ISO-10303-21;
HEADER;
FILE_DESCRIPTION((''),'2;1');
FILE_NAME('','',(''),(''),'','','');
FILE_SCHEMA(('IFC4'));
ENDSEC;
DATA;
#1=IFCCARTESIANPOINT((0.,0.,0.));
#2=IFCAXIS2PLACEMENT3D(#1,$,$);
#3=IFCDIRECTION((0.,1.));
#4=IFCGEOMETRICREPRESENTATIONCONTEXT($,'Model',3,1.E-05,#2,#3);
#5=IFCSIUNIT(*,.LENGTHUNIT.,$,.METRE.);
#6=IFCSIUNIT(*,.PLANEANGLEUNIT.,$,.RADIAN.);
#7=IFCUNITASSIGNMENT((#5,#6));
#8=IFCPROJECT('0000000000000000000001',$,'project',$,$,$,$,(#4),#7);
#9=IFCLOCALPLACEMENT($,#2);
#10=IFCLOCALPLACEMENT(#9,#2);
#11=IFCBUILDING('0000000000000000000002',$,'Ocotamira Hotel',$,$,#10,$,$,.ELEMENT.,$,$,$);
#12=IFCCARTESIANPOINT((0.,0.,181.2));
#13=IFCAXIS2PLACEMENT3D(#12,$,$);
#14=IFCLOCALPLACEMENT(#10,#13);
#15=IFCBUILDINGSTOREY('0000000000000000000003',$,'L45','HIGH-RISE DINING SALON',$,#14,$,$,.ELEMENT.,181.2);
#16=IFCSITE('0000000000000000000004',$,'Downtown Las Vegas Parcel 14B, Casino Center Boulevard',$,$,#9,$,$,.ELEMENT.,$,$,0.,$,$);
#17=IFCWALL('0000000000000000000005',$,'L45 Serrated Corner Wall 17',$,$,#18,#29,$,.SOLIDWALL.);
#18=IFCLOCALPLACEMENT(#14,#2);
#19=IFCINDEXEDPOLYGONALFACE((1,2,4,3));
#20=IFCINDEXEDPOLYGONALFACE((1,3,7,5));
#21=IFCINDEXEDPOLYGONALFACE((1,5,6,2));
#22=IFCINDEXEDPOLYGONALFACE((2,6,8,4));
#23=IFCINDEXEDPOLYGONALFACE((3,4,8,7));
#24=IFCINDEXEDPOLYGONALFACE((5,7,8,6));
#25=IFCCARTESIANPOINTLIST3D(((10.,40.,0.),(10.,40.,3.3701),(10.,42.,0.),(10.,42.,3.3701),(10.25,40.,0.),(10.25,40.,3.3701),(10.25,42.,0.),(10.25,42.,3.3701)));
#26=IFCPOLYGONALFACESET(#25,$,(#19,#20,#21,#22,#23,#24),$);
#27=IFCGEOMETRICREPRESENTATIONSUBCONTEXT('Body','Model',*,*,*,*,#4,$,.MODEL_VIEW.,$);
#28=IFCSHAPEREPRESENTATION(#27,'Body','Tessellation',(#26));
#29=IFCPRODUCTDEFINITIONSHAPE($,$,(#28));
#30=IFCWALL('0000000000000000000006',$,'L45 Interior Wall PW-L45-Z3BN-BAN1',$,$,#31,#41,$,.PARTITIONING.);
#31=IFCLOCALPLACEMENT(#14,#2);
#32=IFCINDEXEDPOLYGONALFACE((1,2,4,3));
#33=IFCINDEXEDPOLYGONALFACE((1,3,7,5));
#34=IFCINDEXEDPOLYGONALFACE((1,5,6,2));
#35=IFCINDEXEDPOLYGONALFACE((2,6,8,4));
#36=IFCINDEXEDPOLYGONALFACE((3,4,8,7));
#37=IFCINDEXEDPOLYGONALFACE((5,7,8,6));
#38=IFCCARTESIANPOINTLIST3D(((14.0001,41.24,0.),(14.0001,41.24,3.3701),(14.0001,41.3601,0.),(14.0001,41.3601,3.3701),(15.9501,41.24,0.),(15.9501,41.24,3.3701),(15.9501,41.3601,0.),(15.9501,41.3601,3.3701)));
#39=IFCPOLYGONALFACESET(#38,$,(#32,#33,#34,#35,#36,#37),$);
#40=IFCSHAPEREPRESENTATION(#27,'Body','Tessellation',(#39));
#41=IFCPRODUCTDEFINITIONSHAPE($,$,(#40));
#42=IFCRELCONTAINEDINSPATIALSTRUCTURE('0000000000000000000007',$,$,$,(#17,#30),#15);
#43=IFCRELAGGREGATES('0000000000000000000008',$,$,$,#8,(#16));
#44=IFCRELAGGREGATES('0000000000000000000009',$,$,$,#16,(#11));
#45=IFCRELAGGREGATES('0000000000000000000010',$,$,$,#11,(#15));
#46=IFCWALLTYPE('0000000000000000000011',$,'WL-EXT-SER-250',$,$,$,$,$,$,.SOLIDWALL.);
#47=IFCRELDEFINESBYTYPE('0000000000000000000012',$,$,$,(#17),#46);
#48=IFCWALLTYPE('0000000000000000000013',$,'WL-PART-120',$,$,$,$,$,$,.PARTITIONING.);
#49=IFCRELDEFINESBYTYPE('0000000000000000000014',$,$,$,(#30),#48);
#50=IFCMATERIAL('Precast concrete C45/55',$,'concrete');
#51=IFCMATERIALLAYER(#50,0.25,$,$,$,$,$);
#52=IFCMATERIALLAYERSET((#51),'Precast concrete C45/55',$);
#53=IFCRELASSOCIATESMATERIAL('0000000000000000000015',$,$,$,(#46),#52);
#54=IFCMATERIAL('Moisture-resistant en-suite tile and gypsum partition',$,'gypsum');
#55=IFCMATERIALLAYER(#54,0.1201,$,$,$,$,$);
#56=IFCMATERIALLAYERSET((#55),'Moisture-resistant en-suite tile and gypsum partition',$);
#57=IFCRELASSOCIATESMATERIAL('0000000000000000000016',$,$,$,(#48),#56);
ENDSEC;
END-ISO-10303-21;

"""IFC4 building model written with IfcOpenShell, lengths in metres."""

from ifc_helpers import new_model, si_unit, direction, frame, frame_2d, origin, place, context, subcontext, project, spatial, rectangle, extrude, material, layer, layer_set, type_object, element, save


model = new_model("IFC4")

# Units and contexts
model_context = context("Model", 3, precision=1e-05, world=origin(), true_north=direction((0.0, 1.0)))
body_context = subcontext(model_context, "Body", "Model", "MODEL_VIEW")
ifc_project = project(units=[si_unit("LENGTHUNIT", "METRE"), si_unit("PLANEANGLEUNIT", "RADIAN")], contexts=[model_context])

# Site, building, storey
site_placement = place(None, origin())
site = spatial("IfcSite", under=ifc_project, at=site_placement, Name="Downtown Las Vegas Parcel 14B, Casino Center Boulevard", CompositionType="ELEMENT", RefElevation=0.0)
building_placement = place(site_placement, origin())
building = spatial("IfcBuilding", under=site, at=building_placement, Name="Ocotamira Hotel", CompositionType="ELEMENT")
storey_placement = place(building_placement, frame((0.0, 0.0, 181.2)))
storey = spatial("IfcBuildingStorey", under=building, at=storey_placement, Name="L45", Description="HIGH-RISE DINING SALON", CompositionType="ELEMENT", Elevation=181.2)

# Shared definitions
ifc_material_1 = material(Name="Precast concrete C45/55", Category="concrete")
ifc_layer_1 = layer(ifc_material_1, 0.25)
ifc_layer_set_1 = layer_set([ifc_layer_1], Name="Precast concrete C45/55")
wall_type_1 = type_object("IfcWallType", Name="WL-EXT-SER-250", PredefinedType="SOLIDWALL", material=ifc_layer_set_1)

# Walls
for number, where, z_axis, x_axis, name in (
    (1, (10.125, 42.0, 0.0), (0.0, 0.0, 1.0), (0.0, -1.0, 0.0), "L45 Serrated Corner Wall 17"),
):
    element("IfcWall", number, at=place(storey_placement, frame(where, z_axis=z_axis, x_axis=x_axis)), inside=storey, type_object=wall_type_1, Name=name, PredefinedType="SOLIDWALL", context=body_context, shape_type="SweptSolid", body=[
        extrude(rectangle(XDim=2.0, YDim=0.25, at=frame_2d((1.0, 0.0))), origin(), (0.0, 0.0, 1.0), 3.3701),
    ])
ifc_material_2 = material(Name="Moisture-resistant en-suite tile and gypsum partition", Category="gypsum")
ifc_layer_2 = layer(ifc_material_2, 0.1201)
ifc_layer_set_2 = layer_set([ifc_layer_2], Name="Moisture-resistant en-suite tile and gypsum partition")
wall_type_2 = type_object("IfcWallType", Name="WL-PART-120", PredefinedType="PARTITIONING", material=ifc_layer_set_2)
wall_1_placement = place(storey_placement, frame((14.0, 41.3, 0.0), z_axis=(0.0, 0.0, 1.0), x_axis=(1.0, 0.0, 0.0)))
element("IfcWall", 2, at=wall_1_placement, inside=storey, type_object=wall_type_2, Name="L45 Interior Wall PW-L45-Z3BN-BAN1", PredefinedType="PARTITIONING", context=body_context, shape_type="SweptSolid", body=[
    extrude(rectangle(XDim=1.95, YDim=0.1201, at=frame_2d((0.9751, 0.0))), origin(), (0.0, 0.0, 1.0), 3.3701),
])

save(model, "model.ifc")
